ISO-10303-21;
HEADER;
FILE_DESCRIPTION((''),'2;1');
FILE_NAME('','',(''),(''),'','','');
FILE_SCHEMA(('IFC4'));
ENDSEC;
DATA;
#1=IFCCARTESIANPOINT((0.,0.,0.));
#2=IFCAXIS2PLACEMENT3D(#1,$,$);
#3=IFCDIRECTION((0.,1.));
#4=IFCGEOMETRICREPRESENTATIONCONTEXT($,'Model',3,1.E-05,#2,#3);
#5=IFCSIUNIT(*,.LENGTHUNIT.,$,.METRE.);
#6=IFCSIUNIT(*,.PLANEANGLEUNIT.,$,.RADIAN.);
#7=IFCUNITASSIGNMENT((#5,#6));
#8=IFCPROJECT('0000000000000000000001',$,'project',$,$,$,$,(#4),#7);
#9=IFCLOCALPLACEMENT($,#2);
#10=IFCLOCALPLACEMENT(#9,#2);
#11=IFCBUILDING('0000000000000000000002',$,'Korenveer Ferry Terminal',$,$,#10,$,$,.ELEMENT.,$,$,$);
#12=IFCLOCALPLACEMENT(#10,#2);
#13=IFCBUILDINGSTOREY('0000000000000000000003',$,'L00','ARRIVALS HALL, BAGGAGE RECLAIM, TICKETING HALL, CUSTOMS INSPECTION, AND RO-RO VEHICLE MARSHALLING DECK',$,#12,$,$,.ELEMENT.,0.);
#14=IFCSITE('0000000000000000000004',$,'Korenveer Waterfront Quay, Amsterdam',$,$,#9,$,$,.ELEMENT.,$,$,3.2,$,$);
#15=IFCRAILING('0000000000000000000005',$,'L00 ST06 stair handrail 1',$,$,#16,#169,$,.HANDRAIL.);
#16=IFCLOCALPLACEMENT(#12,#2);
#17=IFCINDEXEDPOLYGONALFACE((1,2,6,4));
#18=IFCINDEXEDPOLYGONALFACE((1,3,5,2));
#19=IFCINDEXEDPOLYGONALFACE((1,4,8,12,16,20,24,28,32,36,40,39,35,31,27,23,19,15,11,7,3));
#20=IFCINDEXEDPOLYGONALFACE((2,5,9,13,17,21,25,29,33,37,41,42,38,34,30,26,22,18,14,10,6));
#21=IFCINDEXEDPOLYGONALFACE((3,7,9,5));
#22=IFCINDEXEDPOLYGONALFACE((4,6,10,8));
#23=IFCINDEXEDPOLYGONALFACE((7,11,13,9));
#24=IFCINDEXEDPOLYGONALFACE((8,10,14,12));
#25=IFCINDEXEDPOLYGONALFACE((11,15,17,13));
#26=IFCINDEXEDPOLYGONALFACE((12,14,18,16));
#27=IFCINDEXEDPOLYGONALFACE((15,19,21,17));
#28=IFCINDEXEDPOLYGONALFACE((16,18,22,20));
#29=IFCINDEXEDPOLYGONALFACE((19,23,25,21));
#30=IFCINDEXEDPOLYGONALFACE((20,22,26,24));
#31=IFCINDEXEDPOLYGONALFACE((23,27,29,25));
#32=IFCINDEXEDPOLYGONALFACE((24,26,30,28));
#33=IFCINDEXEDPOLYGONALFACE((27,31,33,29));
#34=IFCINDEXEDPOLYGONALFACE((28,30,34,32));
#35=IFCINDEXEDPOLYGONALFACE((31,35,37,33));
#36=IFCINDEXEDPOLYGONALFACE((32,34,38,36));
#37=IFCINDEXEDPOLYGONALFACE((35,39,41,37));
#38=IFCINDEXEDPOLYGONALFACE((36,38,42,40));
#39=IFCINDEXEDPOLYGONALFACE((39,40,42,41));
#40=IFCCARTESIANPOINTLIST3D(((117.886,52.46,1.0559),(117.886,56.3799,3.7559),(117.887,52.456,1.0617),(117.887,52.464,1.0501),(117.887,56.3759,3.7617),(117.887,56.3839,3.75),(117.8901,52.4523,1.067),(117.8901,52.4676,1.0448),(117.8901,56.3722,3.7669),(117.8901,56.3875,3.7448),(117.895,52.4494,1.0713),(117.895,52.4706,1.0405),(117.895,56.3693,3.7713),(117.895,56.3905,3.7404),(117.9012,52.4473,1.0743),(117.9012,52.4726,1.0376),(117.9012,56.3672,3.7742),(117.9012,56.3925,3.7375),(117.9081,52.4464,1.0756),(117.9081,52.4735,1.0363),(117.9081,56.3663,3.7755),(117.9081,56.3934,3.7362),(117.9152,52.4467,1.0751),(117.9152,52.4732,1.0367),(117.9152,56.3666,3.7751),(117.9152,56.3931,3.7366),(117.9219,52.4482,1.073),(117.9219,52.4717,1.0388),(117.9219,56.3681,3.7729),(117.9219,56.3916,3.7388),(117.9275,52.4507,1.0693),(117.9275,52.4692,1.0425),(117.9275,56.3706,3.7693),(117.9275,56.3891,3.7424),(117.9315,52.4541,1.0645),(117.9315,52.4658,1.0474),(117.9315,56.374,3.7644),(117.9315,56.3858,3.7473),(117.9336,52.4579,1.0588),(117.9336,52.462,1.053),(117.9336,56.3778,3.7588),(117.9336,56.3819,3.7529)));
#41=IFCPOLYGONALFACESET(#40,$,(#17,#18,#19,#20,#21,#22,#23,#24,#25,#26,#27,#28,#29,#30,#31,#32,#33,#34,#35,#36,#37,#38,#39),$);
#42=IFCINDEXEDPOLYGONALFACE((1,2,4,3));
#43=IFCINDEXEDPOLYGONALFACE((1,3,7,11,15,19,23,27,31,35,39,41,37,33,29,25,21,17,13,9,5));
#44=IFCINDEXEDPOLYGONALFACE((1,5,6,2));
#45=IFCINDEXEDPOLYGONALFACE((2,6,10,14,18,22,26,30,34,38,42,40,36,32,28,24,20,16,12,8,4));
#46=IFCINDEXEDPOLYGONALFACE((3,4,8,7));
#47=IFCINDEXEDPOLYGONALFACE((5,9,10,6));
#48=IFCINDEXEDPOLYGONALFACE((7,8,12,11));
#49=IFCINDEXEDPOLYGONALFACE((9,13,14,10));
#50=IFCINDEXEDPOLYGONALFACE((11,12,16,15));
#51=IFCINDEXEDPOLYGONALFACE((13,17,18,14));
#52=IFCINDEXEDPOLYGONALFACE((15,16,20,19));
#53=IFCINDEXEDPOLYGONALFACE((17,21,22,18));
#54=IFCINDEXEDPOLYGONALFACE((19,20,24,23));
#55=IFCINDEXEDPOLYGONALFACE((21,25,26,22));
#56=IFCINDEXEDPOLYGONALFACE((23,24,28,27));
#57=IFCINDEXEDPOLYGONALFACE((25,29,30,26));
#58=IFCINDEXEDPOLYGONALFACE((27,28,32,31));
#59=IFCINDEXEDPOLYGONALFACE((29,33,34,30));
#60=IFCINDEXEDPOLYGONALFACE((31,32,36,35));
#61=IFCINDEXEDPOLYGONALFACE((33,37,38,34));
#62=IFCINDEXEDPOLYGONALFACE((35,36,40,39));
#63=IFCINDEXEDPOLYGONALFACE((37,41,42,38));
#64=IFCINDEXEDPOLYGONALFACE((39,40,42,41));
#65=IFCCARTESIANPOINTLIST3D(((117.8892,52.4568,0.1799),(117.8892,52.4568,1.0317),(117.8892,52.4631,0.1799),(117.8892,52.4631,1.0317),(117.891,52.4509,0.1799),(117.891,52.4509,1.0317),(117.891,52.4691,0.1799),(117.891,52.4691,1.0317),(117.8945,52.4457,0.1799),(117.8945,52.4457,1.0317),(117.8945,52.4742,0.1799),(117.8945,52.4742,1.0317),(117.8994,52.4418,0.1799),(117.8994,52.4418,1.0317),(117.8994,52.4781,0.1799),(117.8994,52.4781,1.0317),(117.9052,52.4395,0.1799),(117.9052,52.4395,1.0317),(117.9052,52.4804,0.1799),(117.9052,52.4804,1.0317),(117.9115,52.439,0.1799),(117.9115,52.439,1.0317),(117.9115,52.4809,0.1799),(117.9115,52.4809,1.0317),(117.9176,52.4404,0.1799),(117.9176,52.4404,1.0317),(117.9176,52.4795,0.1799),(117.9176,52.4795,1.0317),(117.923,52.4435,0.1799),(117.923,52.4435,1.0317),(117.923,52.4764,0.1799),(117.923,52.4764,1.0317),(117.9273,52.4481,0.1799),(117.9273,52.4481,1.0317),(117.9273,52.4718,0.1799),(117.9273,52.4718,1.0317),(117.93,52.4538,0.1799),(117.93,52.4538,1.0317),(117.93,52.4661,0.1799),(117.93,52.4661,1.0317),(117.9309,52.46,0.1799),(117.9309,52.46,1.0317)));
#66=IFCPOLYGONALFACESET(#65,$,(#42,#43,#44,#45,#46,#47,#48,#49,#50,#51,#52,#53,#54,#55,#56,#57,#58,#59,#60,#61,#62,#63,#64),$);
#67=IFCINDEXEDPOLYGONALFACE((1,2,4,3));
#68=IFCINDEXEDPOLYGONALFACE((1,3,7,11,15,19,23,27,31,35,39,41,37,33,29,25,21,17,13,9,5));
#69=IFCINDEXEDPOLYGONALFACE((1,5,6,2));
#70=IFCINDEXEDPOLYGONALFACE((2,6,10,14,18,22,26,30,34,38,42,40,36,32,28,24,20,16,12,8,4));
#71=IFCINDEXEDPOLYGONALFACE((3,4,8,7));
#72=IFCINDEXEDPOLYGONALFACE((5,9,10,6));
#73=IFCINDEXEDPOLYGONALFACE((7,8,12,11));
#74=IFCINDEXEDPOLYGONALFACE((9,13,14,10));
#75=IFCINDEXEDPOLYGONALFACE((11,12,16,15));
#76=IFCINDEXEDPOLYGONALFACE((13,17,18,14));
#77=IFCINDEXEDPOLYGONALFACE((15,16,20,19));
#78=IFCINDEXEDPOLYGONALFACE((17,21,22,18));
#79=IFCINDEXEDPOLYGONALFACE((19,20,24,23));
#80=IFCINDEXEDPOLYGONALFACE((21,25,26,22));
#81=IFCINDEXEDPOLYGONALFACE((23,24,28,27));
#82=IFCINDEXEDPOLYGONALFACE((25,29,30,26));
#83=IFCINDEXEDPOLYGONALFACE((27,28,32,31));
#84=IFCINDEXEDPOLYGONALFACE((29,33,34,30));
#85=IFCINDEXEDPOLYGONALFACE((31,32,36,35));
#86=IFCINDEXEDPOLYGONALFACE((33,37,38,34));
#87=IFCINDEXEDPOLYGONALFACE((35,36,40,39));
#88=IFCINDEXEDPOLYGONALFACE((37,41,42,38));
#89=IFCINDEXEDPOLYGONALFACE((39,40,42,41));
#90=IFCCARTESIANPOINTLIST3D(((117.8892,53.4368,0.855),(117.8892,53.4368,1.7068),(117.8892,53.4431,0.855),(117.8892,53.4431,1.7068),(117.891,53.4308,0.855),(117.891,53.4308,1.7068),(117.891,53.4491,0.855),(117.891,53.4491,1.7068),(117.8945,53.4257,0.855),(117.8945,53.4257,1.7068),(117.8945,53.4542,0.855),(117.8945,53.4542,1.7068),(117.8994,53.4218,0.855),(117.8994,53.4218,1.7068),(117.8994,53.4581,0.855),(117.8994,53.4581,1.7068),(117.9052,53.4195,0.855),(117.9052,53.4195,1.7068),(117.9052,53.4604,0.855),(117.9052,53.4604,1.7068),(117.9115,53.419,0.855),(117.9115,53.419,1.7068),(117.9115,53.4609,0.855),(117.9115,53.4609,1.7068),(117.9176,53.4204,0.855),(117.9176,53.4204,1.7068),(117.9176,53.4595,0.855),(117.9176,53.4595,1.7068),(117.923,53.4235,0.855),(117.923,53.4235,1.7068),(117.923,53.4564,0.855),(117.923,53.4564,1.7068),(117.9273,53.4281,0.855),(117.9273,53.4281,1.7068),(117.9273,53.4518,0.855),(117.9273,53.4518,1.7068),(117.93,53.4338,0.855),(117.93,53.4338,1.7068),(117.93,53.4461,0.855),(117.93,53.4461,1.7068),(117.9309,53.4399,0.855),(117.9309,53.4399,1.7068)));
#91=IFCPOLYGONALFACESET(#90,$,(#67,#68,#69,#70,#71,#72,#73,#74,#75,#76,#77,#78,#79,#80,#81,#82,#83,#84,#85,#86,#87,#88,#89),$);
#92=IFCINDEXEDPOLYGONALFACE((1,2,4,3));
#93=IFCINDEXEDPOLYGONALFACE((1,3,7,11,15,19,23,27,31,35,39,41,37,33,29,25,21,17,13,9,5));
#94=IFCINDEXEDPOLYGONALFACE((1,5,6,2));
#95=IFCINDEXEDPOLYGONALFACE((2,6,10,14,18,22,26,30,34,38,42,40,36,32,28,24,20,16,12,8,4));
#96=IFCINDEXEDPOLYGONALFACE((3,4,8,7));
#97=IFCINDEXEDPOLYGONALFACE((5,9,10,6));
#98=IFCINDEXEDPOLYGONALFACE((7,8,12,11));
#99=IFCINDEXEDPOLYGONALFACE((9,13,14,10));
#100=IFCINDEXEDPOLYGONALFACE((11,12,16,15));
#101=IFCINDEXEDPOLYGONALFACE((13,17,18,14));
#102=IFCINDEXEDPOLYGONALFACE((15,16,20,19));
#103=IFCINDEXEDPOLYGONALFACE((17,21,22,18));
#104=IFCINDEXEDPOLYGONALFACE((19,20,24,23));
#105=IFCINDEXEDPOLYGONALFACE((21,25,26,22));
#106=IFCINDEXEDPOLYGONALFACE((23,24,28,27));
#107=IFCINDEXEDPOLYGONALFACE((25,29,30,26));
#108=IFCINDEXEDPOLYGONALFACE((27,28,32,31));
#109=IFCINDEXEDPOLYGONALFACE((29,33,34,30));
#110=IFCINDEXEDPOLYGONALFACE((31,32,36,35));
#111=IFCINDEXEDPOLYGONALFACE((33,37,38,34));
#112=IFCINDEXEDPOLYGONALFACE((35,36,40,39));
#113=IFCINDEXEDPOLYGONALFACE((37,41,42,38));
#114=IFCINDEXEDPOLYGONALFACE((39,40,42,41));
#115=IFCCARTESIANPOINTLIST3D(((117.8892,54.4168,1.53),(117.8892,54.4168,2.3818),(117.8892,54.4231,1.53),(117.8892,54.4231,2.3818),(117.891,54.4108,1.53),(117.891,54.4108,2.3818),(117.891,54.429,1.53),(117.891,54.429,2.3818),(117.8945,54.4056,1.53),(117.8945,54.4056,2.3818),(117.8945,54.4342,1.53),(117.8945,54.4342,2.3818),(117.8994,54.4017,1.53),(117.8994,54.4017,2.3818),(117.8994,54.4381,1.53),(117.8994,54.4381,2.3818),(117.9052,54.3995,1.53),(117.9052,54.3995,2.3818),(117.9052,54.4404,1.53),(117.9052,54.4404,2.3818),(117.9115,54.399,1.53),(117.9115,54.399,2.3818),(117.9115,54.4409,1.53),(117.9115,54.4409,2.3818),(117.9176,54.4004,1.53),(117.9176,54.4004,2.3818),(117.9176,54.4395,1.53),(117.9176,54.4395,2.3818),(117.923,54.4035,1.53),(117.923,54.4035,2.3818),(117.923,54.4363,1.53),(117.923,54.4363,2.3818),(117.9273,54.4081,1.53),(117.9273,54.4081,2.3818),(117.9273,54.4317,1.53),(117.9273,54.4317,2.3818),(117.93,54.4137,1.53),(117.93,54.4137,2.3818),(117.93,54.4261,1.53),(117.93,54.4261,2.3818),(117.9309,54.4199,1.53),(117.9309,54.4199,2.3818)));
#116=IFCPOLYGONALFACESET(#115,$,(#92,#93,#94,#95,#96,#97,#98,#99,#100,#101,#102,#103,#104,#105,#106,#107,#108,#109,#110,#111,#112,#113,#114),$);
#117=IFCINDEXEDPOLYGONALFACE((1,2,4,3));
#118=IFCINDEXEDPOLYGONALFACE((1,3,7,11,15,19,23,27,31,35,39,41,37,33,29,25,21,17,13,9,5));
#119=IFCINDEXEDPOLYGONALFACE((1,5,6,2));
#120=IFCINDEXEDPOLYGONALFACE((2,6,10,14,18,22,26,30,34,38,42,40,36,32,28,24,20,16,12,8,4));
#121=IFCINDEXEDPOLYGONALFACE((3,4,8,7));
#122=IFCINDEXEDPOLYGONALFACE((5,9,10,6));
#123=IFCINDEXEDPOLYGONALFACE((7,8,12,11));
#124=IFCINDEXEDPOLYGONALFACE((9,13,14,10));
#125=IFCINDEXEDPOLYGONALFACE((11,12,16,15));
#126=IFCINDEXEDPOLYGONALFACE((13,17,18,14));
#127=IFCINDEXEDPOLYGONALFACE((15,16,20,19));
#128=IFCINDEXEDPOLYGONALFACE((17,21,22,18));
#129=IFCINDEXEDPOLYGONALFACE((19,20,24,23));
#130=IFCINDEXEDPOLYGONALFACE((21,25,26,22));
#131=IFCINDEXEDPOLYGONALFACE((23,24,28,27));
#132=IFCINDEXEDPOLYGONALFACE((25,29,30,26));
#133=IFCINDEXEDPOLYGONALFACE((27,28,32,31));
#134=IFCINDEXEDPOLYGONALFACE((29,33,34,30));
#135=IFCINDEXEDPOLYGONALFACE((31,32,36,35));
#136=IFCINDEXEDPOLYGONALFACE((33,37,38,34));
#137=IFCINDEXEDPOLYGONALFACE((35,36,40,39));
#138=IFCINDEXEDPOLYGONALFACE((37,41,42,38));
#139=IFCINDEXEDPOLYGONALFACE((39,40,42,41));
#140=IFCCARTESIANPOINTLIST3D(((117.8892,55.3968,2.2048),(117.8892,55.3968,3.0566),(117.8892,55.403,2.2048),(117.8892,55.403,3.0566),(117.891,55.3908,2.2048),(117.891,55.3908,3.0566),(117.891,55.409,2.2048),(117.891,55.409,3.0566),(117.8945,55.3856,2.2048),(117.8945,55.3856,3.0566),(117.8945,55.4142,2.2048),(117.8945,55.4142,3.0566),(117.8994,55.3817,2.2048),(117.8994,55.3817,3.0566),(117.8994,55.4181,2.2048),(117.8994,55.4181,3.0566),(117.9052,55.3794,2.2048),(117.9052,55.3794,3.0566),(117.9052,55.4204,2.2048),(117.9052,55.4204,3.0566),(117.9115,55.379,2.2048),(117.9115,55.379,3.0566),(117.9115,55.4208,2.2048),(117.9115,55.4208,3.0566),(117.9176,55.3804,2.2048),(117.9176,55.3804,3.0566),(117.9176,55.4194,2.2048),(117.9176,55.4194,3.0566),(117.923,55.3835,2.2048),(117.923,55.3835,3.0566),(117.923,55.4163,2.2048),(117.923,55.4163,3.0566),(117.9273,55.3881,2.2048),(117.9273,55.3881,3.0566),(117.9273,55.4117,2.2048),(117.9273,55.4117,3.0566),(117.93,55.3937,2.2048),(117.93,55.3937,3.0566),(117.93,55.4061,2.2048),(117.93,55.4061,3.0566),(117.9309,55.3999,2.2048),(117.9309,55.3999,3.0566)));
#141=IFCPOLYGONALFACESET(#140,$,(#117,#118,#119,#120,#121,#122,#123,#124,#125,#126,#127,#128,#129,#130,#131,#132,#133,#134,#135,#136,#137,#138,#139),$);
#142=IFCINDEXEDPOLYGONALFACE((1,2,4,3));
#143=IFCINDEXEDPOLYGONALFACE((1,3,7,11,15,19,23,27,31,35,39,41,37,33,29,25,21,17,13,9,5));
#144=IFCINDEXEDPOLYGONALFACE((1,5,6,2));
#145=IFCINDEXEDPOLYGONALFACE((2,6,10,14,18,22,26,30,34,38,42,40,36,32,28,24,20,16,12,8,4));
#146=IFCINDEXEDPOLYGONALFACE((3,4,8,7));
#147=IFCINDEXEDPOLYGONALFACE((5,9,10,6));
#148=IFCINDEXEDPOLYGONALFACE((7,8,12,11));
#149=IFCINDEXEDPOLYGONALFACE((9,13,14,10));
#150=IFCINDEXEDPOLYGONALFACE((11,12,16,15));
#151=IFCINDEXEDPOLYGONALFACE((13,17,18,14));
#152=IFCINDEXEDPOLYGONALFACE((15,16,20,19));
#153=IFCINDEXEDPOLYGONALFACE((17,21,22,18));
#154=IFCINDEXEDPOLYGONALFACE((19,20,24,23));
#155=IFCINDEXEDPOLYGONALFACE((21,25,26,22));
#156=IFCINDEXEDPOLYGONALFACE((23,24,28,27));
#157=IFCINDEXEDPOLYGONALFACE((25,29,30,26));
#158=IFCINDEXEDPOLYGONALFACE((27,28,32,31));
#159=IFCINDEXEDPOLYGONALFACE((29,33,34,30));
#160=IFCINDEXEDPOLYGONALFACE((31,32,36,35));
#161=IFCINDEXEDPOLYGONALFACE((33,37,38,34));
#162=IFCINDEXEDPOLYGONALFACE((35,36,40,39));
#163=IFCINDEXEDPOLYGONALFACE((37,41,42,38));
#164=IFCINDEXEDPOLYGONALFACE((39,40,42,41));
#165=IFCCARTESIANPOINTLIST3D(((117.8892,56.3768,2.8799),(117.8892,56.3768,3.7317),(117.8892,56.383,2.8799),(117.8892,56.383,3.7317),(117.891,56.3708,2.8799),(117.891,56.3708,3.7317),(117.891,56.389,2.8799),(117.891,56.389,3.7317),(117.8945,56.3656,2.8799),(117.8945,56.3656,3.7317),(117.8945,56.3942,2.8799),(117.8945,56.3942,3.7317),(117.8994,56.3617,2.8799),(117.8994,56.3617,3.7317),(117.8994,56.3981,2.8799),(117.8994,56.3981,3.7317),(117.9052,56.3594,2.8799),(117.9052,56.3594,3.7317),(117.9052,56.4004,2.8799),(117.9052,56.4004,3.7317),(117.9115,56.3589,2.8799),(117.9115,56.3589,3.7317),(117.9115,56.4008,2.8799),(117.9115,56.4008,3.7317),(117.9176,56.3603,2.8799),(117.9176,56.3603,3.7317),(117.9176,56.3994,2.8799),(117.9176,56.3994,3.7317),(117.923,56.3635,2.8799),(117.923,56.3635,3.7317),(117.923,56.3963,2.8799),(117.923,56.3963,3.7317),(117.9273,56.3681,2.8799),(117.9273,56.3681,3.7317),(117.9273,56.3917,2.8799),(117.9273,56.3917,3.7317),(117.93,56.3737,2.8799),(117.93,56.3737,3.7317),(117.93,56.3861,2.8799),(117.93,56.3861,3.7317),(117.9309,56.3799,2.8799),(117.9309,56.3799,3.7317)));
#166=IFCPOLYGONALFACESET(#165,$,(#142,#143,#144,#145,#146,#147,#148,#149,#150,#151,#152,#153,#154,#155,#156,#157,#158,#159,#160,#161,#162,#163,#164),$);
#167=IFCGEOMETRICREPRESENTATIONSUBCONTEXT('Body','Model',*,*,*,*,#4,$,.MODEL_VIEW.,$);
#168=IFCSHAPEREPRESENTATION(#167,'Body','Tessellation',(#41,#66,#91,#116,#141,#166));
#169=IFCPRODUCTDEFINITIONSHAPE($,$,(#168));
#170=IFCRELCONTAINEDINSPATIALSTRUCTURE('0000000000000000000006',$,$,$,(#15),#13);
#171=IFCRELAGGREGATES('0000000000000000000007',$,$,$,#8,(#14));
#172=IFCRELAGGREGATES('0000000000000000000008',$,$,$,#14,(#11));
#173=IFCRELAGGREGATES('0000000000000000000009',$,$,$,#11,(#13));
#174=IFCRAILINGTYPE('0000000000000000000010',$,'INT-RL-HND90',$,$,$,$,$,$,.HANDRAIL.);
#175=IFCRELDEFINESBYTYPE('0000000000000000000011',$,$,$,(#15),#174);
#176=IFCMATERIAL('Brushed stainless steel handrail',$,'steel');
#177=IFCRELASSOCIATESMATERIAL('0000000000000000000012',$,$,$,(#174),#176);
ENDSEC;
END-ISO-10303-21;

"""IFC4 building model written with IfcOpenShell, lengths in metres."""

from ifc_helpers import new_model, si_unit, direction, frame, origin, origin_2d, place, context, subcontext, project, spatial, circle, extrude, material, type_object, element, save


model = new_model("IFC4")

# Units and contexts
model_context = context("Model", 3, precision=1e-05, world=origin(), true_north=direction((0.0, 1.0)))
body_context = subcontext(model_context, "Body", "Model", "MODEL_VIEW")
ifc_project = project(units=[si_unit("LENGTHUNIT", "METRE"), si_unit("PLANEANGLEUNIT", "RADIAN")], contexts=[model_context])

# Site, building, storey
site_placement = place(None, origin())
site = spatial("IfcSite", under=ifc_project, at=site_placement, Name="Korenveer Waterfront Quay, Amsterdam", CompositionType="ELEMENT", RefElevation=3.2)
building_placement = place(site_placement, origin())
building = spatial("IfcBuilding", under=site, at=building_placement, Name="Korenveer Ferry Terminal", CompositionType="ELEMENT")
storey_placement = place(building_placement, origin())
storey = spatial("IfcBuildingStorey", under=building, at=storey_placement, Name="L00", Description="ARRIVALS HALL, BAGGAGE RECLAIM, TICKETING HALL, CUSTOMS INSPECTION, AND RO-RO VEHICLE MARSHALLING DECK", CompositionType="ELEMENT", Elevation=0.0)

# Railing
ifc_material_1 = material(Name="Brushed stainless steel handrail", Category="steel")
railing_type_1 = type_object("IfcRailingType", Name="INT-RL-HND90", PredefinedType="HANDRAIL", material=ifc_material_1)
railing_1_placement = place(storey_placement, frame((117.9099, 52.46, 0.1799)))
element("IfcRailing", 1, at=railing_1_placement, inside=storey, type_object=railing_type_1, Name="L00 ST06 stair handrail 1", PredefinedType="HANDRAIL", context=body_context, shape_type="SweptSolid", body=[
    extrude(circle(Radius=0.0239, at=origin_2d()), frame((0.0, 0.0, 0.876), z_axis=(0.0, 0.823551, 0.567243), x_axis=(-1.0, 0.0, 0.0)), (0.0, 0.0, 1.0), 4.7598),
    extrude(circle(Radius=0.021, at=origin_2d()), origin(), (0.0, 0.0, 1.0), 0.8518),
    extrude(circle(Radius=0.021, at=origin_2d()), frame((0.0, 0.98, 0.675)), (0.0, 0.0, 1.0), 0.8518),
    extrude(circle(Radius=0.021, at=origin_2d()), frame((0.0, 1.96, 1.3501)), (0.0, 0.0, 1.0), 0.8518),
    extrude(circle(Radius=0.021, at=origin_2d()), frame((0.0, 2.9399, 2.0249)), (0.0, 0.0, 1.0), 0.8518),
    extrude(circle(Radius=0.021, at=origin_2d()), frame((0.0, 3.9199, 2.7)), (0.0, 0.0, 1.0), 0.8518),
])

save(model, "model.ifc")
